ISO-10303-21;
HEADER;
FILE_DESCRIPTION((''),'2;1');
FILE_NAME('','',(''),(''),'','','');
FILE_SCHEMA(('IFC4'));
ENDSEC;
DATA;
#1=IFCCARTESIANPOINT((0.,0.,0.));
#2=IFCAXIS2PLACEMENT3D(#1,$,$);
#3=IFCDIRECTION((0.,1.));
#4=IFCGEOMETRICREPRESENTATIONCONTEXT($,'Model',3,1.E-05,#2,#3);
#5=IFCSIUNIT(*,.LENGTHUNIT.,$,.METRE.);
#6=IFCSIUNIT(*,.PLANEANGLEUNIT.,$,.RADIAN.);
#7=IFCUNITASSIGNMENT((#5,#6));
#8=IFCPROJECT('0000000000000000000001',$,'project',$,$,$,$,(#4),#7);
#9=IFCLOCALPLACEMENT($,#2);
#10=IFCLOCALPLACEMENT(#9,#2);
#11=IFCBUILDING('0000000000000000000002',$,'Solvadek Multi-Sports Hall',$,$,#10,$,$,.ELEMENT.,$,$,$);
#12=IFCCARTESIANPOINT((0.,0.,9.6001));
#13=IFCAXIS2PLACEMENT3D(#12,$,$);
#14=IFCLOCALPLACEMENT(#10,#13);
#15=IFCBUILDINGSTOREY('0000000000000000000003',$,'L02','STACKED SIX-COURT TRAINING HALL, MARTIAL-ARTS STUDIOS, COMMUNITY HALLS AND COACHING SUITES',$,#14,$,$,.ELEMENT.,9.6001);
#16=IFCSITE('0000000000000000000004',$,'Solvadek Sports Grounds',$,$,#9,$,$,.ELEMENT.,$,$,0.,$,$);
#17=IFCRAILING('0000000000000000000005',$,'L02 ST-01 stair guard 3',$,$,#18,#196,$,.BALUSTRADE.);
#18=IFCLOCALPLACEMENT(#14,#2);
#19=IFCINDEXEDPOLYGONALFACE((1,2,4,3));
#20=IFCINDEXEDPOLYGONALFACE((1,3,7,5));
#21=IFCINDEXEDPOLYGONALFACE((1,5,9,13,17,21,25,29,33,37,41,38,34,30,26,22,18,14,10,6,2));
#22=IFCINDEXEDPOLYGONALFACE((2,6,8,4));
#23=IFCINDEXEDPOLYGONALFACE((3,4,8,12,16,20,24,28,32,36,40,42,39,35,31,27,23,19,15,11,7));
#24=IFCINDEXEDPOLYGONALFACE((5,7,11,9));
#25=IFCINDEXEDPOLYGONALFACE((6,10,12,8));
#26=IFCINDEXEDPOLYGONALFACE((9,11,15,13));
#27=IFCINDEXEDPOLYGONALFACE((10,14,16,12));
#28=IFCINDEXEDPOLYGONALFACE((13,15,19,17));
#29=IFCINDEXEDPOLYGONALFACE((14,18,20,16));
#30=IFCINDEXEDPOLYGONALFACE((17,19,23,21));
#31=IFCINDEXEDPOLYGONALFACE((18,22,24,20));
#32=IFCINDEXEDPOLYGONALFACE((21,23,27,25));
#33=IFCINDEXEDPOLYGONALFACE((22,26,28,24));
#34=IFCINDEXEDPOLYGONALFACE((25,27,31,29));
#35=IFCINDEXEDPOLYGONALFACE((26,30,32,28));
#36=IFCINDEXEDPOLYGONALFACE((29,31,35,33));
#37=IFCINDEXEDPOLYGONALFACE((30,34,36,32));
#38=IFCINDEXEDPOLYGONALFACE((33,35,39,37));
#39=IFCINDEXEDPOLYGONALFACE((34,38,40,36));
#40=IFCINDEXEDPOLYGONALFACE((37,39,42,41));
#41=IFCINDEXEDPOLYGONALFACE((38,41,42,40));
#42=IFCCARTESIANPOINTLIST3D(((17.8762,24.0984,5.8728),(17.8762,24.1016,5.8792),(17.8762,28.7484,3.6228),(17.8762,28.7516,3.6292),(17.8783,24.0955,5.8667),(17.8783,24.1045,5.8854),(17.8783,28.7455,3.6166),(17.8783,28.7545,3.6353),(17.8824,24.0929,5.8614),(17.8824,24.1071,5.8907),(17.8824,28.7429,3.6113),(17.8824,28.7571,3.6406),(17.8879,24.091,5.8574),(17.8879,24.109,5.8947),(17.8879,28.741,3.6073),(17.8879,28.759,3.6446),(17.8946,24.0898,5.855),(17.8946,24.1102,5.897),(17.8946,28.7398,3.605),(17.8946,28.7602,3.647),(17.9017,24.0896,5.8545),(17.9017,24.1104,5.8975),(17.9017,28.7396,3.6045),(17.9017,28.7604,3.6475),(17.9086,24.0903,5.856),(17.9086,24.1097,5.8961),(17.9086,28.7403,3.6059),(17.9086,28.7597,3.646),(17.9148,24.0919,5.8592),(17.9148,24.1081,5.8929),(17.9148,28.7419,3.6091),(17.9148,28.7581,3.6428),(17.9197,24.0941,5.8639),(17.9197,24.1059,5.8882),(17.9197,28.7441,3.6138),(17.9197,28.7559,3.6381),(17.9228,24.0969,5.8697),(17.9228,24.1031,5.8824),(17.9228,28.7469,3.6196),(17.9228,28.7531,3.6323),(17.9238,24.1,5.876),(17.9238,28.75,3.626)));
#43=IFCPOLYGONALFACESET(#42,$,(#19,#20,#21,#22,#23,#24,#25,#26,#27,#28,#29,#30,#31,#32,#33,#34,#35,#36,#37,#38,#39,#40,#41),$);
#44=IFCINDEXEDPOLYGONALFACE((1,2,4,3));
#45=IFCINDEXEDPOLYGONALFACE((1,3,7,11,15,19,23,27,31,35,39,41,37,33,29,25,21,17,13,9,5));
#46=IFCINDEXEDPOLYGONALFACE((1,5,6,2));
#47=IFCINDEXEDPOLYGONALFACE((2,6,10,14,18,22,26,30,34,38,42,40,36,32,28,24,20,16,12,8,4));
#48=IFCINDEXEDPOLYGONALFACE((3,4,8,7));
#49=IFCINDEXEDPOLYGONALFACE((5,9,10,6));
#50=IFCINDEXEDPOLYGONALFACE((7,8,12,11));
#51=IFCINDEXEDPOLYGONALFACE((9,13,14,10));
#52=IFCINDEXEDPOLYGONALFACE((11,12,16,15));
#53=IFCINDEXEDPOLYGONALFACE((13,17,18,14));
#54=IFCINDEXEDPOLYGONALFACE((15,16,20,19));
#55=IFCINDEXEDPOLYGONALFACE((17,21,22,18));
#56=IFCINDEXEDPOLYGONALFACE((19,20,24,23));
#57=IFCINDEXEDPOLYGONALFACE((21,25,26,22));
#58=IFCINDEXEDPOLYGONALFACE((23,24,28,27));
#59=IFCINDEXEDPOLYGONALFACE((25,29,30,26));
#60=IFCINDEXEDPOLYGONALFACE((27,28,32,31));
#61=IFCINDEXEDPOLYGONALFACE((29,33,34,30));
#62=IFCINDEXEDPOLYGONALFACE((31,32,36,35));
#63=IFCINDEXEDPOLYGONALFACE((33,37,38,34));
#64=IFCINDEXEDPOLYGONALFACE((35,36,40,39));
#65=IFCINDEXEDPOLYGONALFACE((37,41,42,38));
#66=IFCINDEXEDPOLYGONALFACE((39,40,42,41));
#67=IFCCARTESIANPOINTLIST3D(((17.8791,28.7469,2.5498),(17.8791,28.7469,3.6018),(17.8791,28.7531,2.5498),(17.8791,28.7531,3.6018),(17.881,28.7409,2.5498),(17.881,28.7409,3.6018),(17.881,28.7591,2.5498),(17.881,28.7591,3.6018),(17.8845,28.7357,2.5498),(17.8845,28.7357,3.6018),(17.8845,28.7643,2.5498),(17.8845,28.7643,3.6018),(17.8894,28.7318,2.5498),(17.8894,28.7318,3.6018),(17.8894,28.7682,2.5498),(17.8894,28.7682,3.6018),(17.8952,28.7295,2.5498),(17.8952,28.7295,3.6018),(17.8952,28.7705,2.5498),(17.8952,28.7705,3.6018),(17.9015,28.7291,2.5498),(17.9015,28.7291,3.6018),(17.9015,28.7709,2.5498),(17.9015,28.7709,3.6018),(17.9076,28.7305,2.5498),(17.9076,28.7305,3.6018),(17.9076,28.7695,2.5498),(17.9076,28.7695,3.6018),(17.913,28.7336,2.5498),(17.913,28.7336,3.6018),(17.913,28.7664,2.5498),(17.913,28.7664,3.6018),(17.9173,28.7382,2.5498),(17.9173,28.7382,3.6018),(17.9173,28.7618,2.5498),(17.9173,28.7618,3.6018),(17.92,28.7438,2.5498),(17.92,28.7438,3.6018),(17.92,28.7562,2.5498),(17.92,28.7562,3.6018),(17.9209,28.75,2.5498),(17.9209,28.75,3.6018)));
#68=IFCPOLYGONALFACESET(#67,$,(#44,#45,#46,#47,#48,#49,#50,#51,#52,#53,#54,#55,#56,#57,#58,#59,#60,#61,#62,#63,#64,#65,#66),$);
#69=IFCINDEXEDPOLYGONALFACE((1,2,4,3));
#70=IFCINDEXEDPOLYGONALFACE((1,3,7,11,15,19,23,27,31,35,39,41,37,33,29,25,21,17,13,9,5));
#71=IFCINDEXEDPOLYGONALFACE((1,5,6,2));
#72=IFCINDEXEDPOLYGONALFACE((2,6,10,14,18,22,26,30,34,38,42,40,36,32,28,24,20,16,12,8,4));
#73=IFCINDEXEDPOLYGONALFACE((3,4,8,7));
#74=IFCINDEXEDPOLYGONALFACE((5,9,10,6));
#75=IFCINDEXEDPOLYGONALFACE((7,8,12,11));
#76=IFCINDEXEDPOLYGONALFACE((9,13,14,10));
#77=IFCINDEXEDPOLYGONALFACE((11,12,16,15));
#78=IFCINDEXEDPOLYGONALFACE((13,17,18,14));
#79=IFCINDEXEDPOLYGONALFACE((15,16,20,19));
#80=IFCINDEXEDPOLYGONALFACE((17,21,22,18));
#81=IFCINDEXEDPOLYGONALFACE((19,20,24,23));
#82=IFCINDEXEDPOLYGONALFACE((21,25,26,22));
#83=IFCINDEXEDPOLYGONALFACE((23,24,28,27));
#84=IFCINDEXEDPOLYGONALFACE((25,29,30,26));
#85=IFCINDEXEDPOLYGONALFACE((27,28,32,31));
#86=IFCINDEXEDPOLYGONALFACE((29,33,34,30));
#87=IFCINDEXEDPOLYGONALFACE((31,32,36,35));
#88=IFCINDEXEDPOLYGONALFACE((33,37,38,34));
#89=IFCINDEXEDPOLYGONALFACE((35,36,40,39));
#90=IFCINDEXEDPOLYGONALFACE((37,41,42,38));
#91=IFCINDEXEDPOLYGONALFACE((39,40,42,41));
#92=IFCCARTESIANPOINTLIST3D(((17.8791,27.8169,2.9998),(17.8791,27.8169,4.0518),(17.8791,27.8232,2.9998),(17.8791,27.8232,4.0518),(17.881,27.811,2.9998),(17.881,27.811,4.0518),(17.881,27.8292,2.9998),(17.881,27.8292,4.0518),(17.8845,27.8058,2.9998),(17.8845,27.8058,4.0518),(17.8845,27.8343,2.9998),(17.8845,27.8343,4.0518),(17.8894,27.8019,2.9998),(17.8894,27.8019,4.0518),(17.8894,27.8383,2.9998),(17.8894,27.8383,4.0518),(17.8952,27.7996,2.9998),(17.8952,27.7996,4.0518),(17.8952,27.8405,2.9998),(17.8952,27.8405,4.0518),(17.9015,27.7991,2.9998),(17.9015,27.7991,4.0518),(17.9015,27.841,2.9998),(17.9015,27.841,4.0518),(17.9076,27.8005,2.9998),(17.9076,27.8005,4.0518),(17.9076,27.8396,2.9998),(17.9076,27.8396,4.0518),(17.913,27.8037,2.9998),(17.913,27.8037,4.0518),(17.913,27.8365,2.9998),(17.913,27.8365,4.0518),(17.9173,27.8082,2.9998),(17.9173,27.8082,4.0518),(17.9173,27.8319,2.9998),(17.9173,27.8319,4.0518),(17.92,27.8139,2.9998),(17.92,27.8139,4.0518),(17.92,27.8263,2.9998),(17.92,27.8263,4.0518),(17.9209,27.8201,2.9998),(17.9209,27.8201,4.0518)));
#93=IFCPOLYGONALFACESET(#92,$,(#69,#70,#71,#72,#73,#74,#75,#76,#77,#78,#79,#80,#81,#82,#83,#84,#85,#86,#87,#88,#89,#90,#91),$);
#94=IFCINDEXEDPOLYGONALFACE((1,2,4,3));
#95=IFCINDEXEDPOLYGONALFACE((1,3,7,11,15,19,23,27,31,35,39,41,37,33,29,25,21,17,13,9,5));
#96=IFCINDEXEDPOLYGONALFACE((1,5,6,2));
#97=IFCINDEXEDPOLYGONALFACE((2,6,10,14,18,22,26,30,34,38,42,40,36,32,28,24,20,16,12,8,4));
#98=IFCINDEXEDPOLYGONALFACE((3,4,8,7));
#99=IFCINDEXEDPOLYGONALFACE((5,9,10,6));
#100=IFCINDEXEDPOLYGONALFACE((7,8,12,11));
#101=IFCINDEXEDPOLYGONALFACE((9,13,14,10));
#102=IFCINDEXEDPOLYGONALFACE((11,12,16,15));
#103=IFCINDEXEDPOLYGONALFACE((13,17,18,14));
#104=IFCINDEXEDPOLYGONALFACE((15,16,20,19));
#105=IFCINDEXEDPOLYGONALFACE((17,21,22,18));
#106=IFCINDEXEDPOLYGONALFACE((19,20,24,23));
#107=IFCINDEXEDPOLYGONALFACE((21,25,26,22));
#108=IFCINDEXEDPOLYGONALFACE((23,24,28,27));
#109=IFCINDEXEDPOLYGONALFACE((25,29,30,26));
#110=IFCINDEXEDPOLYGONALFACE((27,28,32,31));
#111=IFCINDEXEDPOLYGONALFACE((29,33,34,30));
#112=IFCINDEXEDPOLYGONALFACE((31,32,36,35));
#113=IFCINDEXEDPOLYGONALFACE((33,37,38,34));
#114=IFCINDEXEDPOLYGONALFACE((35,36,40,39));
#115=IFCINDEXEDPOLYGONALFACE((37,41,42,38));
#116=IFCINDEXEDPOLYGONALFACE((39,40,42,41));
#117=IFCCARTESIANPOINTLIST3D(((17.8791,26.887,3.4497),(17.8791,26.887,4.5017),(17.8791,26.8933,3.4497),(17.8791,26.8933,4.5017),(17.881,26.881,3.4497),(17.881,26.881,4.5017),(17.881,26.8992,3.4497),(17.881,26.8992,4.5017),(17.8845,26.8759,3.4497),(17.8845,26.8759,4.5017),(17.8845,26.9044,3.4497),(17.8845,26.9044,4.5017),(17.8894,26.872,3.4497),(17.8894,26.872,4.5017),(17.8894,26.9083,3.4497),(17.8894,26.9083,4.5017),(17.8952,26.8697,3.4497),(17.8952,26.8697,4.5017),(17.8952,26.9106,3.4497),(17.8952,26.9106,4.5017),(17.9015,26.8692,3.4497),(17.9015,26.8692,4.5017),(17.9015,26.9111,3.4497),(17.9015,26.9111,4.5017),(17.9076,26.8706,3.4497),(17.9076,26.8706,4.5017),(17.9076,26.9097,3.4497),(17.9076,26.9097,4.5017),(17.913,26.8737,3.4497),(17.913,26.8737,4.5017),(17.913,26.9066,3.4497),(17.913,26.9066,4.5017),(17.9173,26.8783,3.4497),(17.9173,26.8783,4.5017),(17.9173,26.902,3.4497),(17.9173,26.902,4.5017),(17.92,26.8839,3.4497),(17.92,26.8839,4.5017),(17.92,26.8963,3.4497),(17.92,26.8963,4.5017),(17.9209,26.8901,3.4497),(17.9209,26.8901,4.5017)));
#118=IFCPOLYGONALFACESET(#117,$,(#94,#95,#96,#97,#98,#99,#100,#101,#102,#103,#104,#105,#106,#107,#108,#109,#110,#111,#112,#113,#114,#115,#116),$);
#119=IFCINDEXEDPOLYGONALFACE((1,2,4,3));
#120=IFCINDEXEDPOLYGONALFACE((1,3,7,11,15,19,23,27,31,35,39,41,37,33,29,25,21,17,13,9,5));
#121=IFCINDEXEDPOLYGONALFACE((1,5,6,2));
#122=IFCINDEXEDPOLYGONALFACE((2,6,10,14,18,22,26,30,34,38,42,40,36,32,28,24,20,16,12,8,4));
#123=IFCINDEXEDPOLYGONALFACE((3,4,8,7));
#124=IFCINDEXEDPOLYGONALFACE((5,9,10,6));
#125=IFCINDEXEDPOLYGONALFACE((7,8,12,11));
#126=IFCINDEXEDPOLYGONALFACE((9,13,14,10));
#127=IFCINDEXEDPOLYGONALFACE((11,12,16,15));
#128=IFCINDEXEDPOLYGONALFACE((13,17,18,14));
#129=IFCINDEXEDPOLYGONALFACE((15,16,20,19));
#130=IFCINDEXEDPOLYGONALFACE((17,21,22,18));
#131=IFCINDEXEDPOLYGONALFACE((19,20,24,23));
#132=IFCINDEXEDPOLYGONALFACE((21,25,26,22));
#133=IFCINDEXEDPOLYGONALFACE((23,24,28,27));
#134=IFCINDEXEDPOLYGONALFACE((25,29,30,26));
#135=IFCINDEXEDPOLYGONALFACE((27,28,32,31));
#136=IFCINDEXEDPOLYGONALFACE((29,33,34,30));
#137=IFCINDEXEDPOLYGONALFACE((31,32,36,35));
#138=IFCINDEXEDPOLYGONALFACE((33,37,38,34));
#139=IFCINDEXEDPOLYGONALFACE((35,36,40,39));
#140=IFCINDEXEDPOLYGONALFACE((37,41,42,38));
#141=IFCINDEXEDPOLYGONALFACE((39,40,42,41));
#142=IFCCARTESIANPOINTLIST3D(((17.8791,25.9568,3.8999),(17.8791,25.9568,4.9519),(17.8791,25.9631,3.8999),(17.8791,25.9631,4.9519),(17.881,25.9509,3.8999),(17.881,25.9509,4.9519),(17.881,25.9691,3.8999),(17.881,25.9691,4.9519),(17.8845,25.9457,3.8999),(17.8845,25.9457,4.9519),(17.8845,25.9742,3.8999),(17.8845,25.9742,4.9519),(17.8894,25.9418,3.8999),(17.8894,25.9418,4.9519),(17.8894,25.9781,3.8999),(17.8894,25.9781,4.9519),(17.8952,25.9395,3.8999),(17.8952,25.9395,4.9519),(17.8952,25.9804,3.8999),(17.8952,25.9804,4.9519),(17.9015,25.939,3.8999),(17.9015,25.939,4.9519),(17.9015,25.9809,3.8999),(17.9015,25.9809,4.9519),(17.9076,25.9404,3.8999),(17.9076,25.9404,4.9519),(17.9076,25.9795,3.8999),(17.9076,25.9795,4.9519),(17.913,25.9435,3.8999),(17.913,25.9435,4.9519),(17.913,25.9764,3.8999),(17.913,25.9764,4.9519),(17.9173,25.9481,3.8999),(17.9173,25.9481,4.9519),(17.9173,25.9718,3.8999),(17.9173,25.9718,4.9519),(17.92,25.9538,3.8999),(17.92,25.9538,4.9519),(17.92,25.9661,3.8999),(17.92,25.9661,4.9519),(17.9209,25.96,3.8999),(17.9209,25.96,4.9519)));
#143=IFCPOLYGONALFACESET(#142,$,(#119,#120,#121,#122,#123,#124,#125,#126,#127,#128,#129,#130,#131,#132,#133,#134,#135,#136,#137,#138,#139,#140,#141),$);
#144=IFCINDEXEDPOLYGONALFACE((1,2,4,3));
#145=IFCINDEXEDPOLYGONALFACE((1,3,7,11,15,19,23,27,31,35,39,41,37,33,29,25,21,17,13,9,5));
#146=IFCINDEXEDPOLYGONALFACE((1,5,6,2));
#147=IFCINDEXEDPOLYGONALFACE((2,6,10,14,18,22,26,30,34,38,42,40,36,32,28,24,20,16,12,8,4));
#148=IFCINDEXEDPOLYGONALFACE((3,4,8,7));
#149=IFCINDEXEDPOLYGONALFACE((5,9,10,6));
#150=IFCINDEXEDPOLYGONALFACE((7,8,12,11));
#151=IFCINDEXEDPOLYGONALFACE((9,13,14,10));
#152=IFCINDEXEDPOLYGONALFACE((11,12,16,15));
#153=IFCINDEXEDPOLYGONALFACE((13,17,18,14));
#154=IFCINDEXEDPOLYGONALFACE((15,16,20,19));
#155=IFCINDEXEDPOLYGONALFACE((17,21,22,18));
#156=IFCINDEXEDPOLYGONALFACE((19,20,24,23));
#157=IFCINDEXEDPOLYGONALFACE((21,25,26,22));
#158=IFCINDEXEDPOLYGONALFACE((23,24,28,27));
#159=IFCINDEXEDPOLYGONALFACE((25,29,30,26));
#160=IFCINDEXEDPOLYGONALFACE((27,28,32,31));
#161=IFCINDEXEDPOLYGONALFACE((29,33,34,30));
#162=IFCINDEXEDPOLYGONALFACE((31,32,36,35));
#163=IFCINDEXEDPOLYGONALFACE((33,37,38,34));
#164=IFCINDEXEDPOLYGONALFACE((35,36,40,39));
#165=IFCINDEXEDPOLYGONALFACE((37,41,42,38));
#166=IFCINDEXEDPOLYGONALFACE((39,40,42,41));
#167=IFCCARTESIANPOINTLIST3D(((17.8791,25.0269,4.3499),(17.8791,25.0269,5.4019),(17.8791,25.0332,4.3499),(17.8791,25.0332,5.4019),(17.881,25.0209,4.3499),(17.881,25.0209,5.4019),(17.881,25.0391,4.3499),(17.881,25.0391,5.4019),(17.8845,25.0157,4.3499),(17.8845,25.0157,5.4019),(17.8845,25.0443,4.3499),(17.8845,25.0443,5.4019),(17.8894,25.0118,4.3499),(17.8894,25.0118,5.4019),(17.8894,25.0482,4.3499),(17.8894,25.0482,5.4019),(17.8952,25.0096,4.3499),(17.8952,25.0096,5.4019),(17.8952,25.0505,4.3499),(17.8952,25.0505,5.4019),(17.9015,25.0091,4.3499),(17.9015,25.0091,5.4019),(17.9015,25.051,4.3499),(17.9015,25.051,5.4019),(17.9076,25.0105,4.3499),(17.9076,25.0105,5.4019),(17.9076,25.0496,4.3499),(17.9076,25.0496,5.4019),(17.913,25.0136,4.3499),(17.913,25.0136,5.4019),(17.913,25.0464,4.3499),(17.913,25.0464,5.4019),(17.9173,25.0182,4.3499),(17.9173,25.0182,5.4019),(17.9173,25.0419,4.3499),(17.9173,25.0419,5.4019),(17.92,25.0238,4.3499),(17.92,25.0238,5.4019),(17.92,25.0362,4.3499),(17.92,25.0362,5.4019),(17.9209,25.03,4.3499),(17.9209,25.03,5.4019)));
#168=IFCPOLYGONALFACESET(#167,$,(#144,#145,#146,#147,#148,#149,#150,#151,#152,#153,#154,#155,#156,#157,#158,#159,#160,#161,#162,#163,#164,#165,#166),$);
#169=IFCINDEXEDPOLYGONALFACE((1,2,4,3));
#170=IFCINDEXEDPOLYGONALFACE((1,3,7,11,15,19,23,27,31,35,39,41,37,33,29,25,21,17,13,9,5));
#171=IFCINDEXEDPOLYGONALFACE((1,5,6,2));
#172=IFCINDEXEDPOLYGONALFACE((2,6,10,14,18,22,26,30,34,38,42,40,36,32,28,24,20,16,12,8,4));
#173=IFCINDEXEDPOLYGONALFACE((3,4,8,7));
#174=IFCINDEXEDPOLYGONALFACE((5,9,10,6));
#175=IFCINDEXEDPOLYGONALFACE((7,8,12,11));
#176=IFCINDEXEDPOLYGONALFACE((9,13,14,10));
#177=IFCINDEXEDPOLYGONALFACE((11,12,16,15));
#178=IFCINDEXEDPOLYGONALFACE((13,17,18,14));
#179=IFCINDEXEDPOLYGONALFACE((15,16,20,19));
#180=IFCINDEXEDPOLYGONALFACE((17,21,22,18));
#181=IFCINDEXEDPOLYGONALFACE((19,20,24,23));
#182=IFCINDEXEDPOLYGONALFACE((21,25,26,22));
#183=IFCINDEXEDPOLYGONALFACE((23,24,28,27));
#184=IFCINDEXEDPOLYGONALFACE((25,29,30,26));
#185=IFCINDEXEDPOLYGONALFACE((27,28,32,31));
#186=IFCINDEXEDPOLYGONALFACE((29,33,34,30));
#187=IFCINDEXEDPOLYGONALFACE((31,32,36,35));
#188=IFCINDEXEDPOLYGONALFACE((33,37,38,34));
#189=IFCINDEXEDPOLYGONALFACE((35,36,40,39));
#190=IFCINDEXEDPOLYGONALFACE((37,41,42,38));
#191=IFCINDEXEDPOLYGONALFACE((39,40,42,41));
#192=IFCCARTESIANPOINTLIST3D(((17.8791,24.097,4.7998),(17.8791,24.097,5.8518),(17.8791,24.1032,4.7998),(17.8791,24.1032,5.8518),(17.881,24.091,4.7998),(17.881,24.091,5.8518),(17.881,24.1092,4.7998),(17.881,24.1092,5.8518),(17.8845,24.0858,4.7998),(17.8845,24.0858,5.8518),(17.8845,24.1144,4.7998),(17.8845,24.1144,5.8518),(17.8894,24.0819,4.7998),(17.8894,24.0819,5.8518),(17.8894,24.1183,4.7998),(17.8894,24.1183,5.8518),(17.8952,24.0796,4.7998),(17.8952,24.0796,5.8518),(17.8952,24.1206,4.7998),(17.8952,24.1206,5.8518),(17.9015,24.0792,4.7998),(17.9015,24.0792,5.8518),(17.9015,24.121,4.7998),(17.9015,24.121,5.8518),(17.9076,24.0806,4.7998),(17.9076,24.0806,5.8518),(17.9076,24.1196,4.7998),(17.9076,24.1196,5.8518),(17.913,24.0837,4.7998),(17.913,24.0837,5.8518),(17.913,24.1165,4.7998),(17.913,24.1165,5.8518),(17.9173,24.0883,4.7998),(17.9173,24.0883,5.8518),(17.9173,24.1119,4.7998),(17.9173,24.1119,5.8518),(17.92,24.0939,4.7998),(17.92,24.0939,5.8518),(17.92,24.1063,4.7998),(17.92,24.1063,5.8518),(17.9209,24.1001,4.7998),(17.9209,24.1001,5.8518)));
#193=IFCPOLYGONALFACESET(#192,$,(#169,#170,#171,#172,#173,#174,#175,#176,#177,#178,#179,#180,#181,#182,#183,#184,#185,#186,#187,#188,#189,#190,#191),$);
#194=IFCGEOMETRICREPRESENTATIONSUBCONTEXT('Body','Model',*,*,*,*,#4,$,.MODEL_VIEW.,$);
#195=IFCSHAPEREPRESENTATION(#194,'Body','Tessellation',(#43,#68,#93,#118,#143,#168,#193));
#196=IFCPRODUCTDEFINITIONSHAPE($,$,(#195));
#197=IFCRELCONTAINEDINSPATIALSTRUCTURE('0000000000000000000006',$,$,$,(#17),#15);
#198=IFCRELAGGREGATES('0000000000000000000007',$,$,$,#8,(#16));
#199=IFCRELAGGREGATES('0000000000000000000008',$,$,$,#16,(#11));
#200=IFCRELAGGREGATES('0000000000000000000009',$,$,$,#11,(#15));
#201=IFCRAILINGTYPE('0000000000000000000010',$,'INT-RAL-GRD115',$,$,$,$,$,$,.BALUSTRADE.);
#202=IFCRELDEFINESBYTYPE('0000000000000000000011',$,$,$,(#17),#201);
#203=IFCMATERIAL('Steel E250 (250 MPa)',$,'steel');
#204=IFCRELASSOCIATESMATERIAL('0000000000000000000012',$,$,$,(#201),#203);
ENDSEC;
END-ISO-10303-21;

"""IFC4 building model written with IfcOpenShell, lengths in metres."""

from ifc_helpers import new_model, si_unit, direction, frame, origin, origin_2d, place, context, subcontext, project, spatial, circle, extrude, material, type_object, element, save


model = new_model("IFC4")

# Units and contexts
model_context = context("Model", 3, precision=1e-05, world=origin(), true_north=direction((0.0, 1.0)))
body_context = subcontext(model_context, "Body", "Model", "MODEL_VIEW")
ifc_project = project(units=[si_unit("LENGTHUNIT", "METRE"), si_unit("PLANEANGLEUNIT", "RADIAN")], contexts=[model_context])

# Site, building, storey
site_placement = place(None, origin())
site = spatial("IfcSite", under=ifc_project, at=site_placement, Name="Solvadek Sports Grounds", CompositionType="ELEMENT", RefElevation=0.0)
building_placement = place(site_placement, origin())
building = spatial("IfcBuilding", under=site, at=building_placement, Name="Solvadek Multi-Sports Hall", CompositionType="ELEMENT")
storey_placement = place(building_placement, frame((0.0, 0.0, 9.6001)))
storey = spatial("IfcBuildingStorey", under=building, at=storey_placement, Name="L02", Description="STACKED SIX-COURT TRAINING HALL, MARTIAL-ARTS STUDIOS, COMMUNITY HALLS AND COACHING SUITES", CompositionType="ELEMENT", Elevation=9.6001)

# Railing
ifc_material_1 = material(Name="Steel E250 (250 MPa)", Category="steel")
railing_type_1 = type_object("IfcRailingType", Name="INT-RAL-GRD115", PredefinedType="BALUSTRADE", material=ifc_material_1)
railing_1_placement = place(storey_placement, frame((17.8999, 28.75, 2.5498)))
element("IfcRailing", 1, at=railing_1_placement, inside=storey, type_object=railing_type_1, Name="L02 ST-01 stair guard 3", PredefinedType="BALUSTRADE", context=body_context, shape_type="SweptSolid", body=[
    extrude(circle(Radius=0.0239, at=origin_2d()), frame((0.0, 0.0, 1.0762), z_axis=(0.0, -0.900156, 0.435568), x_axis=(1.0, 0.0, 0.0)), (0.0, 0.0, 1.0), 5.1658),
    extrude(circle(Radius=0.021, at=origin_2d()), origin(), (0.0, 0.0, 1.0), 1.052),
    extrude(circle(Radius=0.021, at=origin_2d()), frame((0.0, -0.9299, 0.45)), (0.0, 0.0, 1.0), 1.052),
    extrude(circle(Radius=0.021, at=origin_2d()), frame((0.0, -1.8599, 0.8999)), (0.0, 0.0, 1.0), 1.052),
    extrude(circle(Radius=0.021, at=origin_2d()), frame((0.0, -2.79, 1.3501)), (0.0, 0.0, 1.0), 1.052),
    extrude(circle(Radius=0.021, at=origin_2d()), frame((0.0, -3.72, 1.8)), (0.0, 0.0, 1.0), 1.052),
    extrude(circle(Radius=0.021, at=origin_2d()), frame((0.0, -4.6499, 2.25)), (0.0, 0.0, 1.0), 1.052),
])

save(model, "model.ifc")
